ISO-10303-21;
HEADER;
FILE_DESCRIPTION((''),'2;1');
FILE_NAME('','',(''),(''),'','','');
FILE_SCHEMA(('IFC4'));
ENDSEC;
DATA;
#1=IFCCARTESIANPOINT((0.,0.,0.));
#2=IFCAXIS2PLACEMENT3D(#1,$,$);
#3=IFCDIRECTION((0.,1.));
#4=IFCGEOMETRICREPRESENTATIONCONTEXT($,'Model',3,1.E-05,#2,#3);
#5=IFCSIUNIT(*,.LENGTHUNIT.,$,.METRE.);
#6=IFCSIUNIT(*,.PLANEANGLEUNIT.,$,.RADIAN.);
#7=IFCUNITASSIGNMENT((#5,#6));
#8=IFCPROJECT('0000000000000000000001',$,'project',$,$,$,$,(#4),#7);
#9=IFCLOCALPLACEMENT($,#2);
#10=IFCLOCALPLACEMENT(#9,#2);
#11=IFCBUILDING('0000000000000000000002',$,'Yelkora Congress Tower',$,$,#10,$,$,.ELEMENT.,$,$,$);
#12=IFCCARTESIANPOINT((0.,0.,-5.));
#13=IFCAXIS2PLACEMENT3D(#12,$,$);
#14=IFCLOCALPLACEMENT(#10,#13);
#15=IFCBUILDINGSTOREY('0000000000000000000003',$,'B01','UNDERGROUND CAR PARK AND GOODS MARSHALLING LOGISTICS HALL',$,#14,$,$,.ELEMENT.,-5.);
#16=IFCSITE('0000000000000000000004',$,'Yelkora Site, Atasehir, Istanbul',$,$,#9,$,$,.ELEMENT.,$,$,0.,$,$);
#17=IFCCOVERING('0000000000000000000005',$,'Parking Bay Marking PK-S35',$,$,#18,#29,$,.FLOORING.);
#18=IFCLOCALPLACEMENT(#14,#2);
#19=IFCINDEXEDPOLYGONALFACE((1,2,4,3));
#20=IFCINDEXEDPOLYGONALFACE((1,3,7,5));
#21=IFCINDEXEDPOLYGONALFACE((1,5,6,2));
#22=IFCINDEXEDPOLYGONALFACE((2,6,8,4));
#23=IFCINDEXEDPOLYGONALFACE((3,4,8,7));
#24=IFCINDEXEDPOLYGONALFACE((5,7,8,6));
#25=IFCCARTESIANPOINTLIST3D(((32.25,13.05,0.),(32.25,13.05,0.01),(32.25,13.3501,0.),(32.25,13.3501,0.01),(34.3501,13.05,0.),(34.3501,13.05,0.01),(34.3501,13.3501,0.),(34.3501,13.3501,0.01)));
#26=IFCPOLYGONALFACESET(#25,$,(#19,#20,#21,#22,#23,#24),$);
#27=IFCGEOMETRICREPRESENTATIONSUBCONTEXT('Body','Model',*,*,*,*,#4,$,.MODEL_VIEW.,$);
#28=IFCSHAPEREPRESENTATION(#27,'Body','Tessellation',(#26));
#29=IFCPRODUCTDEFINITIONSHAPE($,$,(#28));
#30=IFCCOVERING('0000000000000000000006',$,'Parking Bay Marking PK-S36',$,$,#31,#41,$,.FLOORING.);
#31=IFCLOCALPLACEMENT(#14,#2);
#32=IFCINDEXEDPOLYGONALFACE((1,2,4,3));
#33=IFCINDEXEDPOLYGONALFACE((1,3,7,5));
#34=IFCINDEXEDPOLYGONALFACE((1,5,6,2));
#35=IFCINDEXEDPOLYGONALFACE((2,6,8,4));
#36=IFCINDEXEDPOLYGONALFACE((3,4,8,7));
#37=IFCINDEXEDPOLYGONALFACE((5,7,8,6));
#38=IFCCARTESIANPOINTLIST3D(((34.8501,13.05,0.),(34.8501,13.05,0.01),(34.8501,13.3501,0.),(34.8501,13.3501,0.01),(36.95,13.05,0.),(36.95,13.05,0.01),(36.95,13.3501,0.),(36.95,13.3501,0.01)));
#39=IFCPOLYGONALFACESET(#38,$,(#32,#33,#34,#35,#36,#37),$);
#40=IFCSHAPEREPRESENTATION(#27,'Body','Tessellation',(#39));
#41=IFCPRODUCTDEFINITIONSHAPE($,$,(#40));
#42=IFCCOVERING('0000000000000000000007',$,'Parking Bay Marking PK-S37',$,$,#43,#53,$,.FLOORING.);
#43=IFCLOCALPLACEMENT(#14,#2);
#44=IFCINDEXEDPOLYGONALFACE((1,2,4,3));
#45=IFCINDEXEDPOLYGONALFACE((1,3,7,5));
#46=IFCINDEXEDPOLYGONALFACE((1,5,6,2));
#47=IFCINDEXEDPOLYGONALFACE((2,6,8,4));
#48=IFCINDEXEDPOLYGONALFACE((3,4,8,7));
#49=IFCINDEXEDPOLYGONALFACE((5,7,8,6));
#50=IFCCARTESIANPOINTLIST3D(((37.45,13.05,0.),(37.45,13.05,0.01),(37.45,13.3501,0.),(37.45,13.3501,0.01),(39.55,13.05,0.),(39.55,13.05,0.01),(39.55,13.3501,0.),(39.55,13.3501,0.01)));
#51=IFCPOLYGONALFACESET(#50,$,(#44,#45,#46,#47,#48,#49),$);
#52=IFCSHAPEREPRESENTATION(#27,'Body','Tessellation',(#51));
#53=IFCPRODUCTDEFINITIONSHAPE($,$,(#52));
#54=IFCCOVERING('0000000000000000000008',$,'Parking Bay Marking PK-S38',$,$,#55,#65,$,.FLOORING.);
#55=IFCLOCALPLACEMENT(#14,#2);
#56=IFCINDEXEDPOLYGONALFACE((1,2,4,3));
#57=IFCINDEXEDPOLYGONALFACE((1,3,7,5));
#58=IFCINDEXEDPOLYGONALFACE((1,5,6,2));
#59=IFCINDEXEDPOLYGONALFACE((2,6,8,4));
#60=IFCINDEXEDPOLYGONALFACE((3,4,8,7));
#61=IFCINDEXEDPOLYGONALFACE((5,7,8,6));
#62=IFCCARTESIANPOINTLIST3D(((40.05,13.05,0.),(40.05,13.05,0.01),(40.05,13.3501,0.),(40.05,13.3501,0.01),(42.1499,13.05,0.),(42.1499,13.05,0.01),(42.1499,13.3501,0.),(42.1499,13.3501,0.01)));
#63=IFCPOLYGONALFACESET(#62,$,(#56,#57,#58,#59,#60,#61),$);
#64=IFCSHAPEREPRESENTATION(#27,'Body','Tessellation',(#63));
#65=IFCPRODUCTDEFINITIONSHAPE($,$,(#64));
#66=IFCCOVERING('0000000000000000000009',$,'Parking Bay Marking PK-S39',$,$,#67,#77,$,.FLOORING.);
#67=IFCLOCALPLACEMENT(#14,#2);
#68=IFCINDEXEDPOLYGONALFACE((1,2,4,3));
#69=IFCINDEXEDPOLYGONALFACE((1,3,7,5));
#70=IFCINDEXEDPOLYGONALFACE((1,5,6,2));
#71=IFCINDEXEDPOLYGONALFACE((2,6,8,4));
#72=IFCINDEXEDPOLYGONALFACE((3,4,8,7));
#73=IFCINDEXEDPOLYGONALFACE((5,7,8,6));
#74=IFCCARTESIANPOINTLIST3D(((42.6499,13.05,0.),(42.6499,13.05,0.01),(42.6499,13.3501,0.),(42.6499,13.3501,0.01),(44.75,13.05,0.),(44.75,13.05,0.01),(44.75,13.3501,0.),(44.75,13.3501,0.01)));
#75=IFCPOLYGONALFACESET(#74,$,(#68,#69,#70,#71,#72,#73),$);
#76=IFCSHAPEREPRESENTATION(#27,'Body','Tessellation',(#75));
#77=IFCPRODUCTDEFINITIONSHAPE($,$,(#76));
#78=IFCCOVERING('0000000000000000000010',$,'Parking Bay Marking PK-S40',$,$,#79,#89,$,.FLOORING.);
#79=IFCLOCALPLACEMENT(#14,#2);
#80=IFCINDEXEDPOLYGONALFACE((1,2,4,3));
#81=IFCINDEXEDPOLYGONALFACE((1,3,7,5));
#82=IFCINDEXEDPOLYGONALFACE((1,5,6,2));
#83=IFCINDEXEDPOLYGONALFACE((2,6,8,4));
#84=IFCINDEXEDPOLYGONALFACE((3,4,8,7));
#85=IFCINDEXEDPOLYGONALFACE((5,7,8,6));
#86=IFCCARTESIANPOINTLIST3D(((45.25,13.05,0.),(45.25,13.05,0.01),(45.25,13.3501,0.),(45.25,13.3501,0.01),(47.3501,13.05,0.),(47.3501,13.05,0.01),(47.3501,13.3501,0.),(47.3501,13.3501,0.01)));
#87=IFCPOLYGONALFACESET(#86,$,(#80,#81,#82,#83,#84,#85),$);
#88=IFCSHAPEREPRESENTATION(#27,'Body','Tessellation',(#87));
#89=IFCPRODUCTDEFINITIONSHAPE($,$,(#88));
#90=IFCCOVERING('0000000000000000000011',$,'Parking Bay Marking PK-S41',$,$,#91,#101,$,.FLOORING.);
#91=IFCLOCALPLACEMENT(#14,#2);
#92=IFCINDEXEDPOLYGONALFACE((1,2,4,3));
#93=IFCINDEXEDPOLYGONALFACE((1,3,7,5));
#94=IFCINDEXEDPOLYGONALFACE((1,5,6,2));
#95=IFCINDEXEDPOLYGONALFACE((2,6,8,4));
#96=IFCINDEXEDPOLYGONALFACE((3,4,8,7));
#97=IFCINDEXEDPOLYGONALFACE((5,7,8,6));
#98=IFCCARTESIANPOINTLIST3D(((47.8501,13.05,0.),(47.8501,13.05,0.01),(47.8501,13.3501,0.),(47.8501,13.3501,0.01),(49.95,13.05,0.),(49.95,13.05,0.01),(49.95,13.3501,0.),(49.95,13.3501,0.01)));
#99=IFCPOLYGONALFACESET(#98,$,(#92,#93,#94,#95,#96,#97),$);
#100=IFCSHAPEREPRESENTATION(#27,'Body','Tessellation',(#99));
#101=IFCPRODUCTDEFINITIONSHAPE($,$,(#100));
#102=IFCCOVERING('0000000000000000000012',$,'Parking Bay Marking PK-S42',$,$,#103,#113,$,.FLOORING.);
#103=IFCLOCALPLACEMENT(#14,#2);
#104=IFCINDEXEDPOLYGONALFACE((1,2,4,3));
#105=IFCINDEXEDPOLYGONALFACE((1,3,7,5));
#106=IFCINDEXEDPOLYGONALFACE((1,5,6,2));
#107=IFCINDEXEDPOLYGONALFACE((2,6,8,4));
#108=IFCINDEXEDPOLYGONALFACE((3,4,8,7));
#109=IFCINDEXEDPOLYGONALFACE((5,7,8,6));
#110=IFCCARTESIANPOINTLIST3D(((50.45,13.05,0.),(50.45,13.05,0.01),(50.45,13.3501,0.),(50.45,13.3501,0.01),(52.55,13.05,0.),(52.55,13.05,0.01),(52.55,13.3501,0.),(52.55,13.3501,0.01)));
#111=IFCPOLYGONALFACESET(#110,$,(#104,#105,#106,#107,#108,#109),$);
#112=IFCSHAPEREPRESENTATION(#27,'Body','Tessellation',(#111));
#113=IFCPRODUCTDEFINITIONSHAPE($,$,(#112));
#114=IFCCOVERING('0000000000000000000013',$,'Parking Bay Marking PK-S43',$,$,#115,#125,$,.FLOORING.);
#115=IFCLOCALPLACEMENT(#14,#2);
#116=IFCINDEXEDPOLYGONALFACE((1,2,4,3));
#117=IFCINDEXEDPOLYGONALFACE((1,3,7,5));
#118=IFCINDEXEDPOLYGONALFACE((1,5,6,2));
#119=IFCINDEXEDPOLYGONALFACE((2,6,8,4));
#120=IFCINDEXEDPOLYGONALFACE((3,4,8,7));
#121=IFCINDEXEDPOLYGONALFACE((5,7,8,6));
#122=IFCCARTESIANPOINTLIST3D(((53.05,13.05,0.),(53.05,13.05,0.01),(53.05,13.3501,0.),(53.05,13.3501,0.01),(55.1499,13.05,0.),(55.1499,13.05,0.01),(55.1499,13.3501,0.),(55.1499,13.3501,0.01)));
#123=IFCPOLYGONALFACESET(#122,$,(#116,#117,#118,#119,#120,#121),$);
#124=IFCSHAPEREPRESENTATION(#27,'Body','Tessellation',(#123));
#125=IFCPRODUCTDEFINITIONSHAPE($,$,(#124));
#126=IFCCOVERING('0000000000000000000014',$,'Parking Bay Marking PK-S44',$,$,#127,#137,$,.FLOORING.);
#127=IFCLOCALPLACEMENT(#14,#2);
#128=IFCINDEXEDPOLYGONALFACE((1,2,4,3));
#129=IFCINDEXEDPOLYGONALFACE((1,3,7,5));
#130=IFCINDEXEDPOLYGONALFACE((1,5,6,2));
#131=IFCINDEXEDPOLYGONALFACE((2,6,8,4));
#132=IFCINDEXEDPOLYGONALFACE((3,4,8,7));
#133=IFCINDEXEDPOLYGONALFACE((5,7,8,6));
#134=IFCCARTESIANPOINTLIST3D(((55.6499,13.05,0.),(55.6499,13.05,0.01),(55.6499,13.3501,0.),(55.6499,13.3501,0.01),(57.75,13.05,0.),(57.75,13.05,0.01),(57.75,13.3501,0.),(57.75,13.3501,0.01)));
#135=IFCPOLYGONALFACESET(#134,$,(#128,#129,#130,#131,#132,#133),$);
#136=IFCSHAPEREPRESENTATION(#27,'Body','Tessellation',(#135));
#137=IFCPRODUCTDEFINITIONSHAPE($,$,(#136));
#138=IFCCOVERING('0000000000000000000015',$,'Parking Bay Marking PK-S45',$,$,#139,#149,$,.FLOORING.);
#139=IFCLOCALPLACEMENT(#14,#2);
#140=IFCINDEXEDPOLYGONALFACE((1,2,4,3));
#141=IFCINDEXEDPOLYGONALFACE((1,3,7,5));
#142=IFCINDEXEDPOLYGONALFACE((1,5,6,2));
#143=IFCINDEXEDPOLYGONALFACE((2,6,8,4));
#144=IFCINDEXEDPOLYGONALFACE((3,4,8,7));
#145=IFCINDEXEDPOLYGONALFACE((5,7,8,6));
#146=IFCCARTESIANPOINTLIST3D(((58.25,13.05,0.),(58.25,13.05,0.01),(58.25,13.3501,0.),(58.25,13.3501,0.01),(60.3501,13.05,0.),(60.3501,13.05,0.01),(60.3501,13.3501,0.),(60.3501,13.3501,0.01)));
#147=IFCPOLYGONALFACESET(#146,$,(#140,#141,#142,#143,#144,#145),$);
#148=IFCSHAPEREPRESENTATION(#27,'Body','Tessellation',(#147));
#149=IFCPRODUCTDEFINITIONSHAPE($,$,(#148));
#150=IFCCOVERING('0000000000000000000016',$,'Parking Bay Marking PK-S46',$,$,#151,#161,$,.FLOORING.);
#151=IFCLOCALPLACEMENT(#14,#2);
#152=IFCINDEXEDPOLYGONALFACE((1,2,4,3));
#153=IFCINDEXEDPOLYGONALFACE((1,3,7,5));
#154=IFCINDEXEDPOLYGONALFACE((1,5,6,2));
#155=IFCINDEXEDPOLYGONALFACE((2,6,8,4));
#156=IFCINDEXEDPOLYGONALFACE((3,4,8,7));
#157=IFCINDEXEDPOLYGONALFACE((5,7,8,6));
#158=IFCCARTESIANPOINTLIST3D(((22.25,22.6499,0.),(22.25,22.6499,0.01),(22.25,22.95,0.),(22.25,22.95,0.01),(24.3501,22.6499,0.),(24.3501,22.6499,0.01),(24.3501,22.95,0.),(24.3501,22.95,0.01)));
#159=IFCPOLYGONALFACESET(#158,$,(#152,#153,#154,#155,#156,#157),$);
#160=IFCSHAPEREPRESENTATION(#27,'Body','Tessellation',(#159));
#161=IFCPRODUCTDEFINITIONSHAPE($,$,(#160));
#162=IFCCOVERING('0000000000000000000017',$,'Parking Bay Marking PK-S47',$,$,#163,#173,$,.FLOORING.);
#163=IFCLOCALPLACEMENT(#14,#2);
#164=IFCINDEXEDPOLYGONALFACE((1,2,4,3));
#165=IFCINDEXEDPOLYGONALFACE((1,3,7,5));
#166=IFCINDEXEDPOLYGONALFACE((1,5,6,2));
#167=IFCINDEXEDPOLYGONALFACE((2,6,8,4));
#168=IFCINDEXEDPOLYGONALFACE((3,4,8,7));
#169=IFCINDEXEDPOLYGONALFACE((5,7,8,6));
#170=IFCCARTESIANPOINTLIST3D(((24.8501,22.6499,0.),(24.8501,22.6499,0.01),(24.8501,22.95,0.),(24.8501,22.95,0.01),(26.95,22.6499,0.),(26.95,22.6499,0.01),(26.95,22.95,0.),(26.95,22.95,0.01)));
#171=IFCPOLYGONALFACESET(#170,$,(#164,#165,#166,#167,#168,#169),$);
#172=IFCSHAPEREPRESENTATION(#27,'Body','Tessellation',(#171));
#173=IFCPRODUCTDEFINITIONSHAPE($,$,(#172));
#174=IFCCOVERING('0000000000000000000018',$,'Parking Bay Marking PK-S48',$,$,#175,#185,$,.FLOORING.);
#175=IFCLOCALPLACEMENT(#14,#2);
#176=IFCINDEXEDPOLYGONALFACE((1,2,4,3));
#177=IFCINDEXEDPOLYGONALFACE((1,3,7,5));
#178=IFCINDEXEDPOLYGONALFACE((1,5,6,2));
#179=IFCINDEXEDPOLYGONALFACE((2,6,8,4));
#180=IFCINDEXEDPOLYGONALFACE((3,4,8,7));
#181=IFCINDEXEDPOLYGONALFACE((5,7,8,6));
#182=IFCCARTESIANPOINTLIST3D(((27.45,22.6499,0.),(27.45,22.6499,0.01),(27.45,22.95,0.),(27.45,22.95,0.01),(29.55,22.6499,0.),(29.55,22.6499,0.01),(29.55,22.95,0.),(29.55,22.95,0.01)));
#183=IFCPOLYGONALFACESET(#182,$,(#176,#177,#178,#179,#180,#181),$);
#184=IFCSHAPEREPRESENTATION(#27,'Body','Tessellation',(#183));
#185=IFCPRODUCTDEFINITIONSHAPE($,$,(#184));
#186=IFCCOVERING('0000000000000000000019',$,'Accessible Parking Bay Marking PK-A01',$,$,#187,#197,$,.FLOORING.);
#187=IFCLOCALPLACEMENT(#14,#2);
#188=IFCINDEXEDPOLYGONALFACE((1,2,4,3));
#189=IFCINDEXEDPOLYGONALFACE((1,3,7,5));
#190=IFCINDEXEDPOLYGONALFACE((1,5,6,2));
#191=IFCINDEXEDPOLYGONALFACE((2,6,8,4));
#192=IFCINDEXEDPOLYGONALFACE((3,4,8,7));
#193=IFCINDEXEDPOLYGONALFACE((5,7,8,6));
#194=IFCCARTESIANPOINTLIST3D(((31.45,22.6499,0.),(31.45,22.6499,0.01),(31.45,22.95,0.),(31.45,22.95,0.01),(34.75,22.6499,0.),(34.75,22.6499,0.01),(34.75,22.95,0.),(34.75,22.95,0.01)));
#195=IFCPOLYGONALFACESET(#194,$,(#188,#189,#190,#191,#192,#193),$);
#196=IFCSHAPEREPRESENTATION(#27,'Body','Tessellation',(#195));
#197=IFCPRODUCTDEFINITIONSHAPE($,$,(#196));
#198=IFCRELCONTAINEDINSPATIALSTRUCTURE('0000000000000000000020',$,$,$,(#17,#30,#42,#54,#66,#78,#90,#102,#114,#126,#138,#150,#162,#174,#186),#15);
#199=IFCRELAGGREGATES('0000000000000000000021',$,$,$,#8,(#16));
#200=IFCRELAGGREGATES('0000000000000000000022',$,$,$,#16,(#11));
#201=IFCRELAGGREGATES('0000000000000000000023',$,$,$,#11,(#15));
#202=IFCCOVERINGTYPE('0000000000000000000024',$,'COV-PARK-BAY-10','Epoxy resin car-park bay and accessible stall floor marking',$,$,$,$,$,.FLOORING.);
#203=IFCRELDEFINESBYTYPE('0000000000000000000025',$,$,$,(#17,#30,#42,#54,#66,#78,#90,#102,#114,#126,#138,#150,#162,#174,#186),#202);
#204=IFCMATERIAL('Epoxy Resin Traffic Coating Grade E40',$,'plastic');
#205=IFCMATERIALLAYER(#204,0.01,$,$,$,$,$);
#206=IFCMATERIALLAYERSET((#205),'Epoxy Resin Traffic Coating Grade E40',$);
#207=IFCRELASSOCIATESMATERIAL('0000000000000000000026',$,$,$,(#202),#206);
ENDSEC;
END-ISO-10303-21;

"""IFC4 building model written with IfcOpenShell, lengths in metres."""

from ifc_helpers import new_model, si_unit, direction, frame, origin, place, context, subcontext, project, spatial, polyline, outline, extrude, material, layer, layer_set, type_object, element, save


model = new_model("IFC4")

# Units and contexts
model_context = context("Model", 3, precision=1e-05, world=origin(), true_north=direction((0.0, 1.0)))
body_context = subcontext(model_context, "Body", "Model", "MODEL_VIEW")
ifc_project = project(units=[si_unit("LENGTHUNIT", "METRE"), si_unit("PLANEANGLEUNIT", "RADIAN")], contexts=[model_context])

# Site, building, storey
site_placement = place(None, origin())
site = spatial("IfcSite", under=ifc_project, at=site_placement, Name="Yelkora Site, Atasehir, Istanbul", CompositionType="ELEMENT", RefElevation=0.0)
building_placement = place(site_placement, origin())
building = spatial("IfcBuilding", under=site, at=building_placement, Name="Yelkora Congress Tower", CompositionType="ELEMENT")
storey_placement = place(building_placement, frame((0.0, 0.0, -5.0)))
storey = spatial("IfcBuildingStorey", under=building, at=storey_placement, Name="B01", Description="UNDERGROUND CAR PARK AND GOODS MARSHALLING LOGISTICS HALL", CompositionType="ELEMENT", Elevation=-5.0)

# Coverings
ifc_material_1 = material(Name="Epoxy Resin Traffic Coating Grade E40", Category="plastic")
ifc_layer_1 = layer(ifc_material_1, 0.01)
ifc_layer_set_1 = layer_set([ifc_layer_1], Name="Epoxy Resin Traffic Coating Grade E40")
covering_type = type_object("IfcCoveringType", Name="COV-PARK-BAY-10", Description="Epoxy resin car-park bay and accessible stall floor marking", PredefinedType="FLOORING", material=ifc_layer_set_1)
covering_1_placement = place(storey_placement, origin())
element("IfcCovering", 1, at=covering_1_placement, inside=storey, type_object=covering_type, Name="Parking Bay Marking PK-S35", PredefinedType="FLOORING", context=body_context, shape_type="SweptSolid", body=[
    extrude(outline(polyline([(32.25, 13.05), (34.3501, 13.05), (34.3501, 13.3501), (32.25, 13.3501), (32.25, 13.05)])), origin(), (0.0, 0.0, 1.0), 0.01),
])
covering_2_placement = place(storey_placement, origin())
element("IfcCovering", 2, at=covering_2_placement, inside=storey, type_object=covering_type, Name="Parking Bay Marking PK-S36", PredefinedType="FLOORING", context=body_context, shape_type="SweptSolid", body=[
    extrude(outline(polyline([(34.8501, 13.05), (36.95, 13.05), (36.95, 13.3501), (34.8501, 13.3501), (34.8501, 13.05)])), origin(), (0.0, 0.0, 1.0), 0.01),
])
covering_3_placement = place(storey_placement, origin())
element("IfcCovering", 3, at=covering_3_placement, inside=storey, type_object=covering_type, Name="Parking Bay Marking PK-S37", PredefinedType="FLOORING", context=body_context, shape_type="SweptSolid", body=[
    extrude(outline(polyline([(37.45, 13.05), (39.55, 13.05), (39.55, 13.3501), (37.45, 13.3501), (37.45, 13.05)])), origin(), (0.0, 0.0, 1.0), 0.01),
])
covering_4_placement = place(storey_placement, origin())
element("IfcCovering", 4, at=covering_4_placement, inside=storey, type_object=covering_type, Name="Parking Bay Marking PK-S38", PredefinedType="FLOORING", context=body_context, shape_type="SweptSolid", body=[
    extrude(outline(polyline([(40.05, 13.05), (42.1499, 13.05), (42.1499, 13.3501), (40.05, 13.3501), (40.05, 13.05)])), origin(), (0.0, 0.0, 1.0), 0.01),
])
covering_5_placement = place(storey_placement, origin())
element("IfcCovering", 5, at=covering_5_placement, inside=storey, type_object=covering_type, Name="Parking Bay Marking PK-S39", PredefinedType="FLOORING", context=body_context, shape_type="SweptSolid", body=[
    extrude(outline(polyline([(42.6499, 13.05), (44.75, 13.05), (44.75, 13.3501), (42.6499, 13.3501), (42.6499, 13.05)])), origin(), (0.0, 0.0, 1.0), 0.01),
])
covering_6_placement = place(storey_placement, origin())
element("IfcCovering", 6, at=covering_6_placement, inside=storey, type_object=covering_type, Name="Parking Bay Marking PK-S40", PredefinedType="FLOORING", context=body_context, shape_type="SweptSolid", body=[
    extrude(outline(polyline([(45.25, 13.05), (47.3501, 13.05), (47.3501, 13.3501), (45.25, 13.3501), (45.25, 13.05)])), origin(), (0.0, 0.0, 1.0), 0.01),
])
covering_7_placement = place(storey_placement, origin())
element("IfcCovering", 7, at=covering_7_placement, inside=storey, type_object=covering_type, Name="Parking Bay Marking PK-S41", PredefinedType="FLOORING", context=body_context, shape_type="SweptSolid", body=[
    extrude(outline(polyline([(47.8501, 13.05), (49.95, 13.05), (49.95, 13.3501), (47.8501, 13.3501), (47.8501, 13.05)])), origin(), (0.0, 0.0, 1.0), 0.01),
])
covering_8_placement = place(storey_placement, origin())
element("IfcCovering", 8, at=covering_8_placement, inside=storey, type_object=covering_type, Name="Parking Bay Marking PK-S42", PredefinedType="FLOORING", context=body_context, shape_type="SweptSolid", body=[
    extrude(outline(polyline([(50.45, 13.05), (52.55, 13.05), (52.55, 13.3501), (50.45, 13.3501), (50.45, 13.05)])), origin(), (0.0, 0.0, 1.0), 0.01),
])
covering_9_placement = place(storey_placement, origin())
element("IfcCovering", 9, at=covering_9_placement, inside=storey, type_object=covering_type, Name="Parking Bay Marking PK-S43", PredefinedType="FLOORING", context=body_context, shape_type="SweptSolid", body=[
    extrude(outline(polyline([(53.05, 13.05), (55.1499, 13.05), (55.1499, 13.3501), (53.05, 13.3501), (53.05, 13.05)])), origin(), (0.0, 0.0, 1.0), 0.01),
])
covering_10_placement = place(storey_placement, origin())
element("IfcCovering", 10, at=covering_10_placement, inside=storey, type_object=covering_type, Name="Parking Bay Marking PK-S44", PredefinedType="FLOORING", context=body_context, shape_type="SweptSolid", body=[
    extrude(outline(polyline([(55.6499, 13.05), (57.75, 13.05), (57.75, 13.3501), (55.6499, 13.3501), (55.6499, 13.05)])), origin(), (0.0, 0.0, 1.0), 0.01),
])
covering_11_placement = place(storey_placement, origin())
element("IfcCovering", 11, at=covering_11_placement, inside=storey, type_object=covering_type, Name="Parking Bay Marking PK-S45", PredefinedType="FLOORING", context=body_context, shape_type="SweptSolid", body=[
    extrude(outline(polyline([(58.25, 13.05), (60.3501, 13.05), (60.3501, 13.3501), (58.25, 13.3501), (58.25, 13.05)])), origin(), (0.0, 0.0, 1.0), 0.01),
])
covering_12_placement = place(storey_placement, origin())
element("IfcCovering", 12, at=covering_12_placement, inside=storey, type_object=covering_type, Name="Parking Bay Marking PK-S46", PredefinedType="FLOORING", context=body_context, shape_type="SweptSolid", body=[
    extrude(outline(polyline([(22.25, 22.6499), (24.3501, 22.6499), (24.3501, 22.95), (22.25, 22.95), (22.25, 22.6499)])), origin(), (0.0, 0.0, 1.0), 0.01),
])
covering_13_placement = place(storey_placement, origin())
element("IfcCovering", 13, at=covering_13_placement, inside=storey, type_object=covering_type, Name="Parking Bay Marking PK-S47", PredefinedType="FLOORING", context=body_context, shape_type="SweptSolid", body=[
    extrude(outline(polyline([(24.8501, 22.6499), (26.95, 22.6499), (26.95, 22.95), (24.8501, 22.95), (24.8501, 22.6499)])), origin(), (0.0, 0.0, 1.0), 0.01),
])
covering_14_placement = place(storey_placement, origin())
element("IfcCovering", 14, at=covering_14_placement, inside=storey, type_object=covering_type, Name="Parking Bay Marking PK-S48", PredefinedType="FLOORING", context=body_context, shape_type="SweptSolid", body=[
    extrude(outline(polyline([(27.45, 22.6499), (29.55, 22.6499), (29.55, 22.95), (27.45, 22.95), (27.45, 22.6499)])), origin(), (0.0, 0.0, 1.0), 0.01),
])
covering_15_placement = place(storey_placement, origin())
element("IfcCovering", 15, at=covering_15_placement, inside=storey, type_object=covering_type, Name="Accessible Parking Bay Marking PK-A01", PredefinedType="FLOORING", context=body_context, shape_type="SweptSolid", body=[
    extrude(outline(polyline([(31.45, 22.6499), (34.75, 22.6499), (34.75, 22.95), (31.45, 22.95), (31.45, 22.6499)])), origin(), (0.0, 0.0, 1.0), 0.01),
])

save(model, "model.ifc")
